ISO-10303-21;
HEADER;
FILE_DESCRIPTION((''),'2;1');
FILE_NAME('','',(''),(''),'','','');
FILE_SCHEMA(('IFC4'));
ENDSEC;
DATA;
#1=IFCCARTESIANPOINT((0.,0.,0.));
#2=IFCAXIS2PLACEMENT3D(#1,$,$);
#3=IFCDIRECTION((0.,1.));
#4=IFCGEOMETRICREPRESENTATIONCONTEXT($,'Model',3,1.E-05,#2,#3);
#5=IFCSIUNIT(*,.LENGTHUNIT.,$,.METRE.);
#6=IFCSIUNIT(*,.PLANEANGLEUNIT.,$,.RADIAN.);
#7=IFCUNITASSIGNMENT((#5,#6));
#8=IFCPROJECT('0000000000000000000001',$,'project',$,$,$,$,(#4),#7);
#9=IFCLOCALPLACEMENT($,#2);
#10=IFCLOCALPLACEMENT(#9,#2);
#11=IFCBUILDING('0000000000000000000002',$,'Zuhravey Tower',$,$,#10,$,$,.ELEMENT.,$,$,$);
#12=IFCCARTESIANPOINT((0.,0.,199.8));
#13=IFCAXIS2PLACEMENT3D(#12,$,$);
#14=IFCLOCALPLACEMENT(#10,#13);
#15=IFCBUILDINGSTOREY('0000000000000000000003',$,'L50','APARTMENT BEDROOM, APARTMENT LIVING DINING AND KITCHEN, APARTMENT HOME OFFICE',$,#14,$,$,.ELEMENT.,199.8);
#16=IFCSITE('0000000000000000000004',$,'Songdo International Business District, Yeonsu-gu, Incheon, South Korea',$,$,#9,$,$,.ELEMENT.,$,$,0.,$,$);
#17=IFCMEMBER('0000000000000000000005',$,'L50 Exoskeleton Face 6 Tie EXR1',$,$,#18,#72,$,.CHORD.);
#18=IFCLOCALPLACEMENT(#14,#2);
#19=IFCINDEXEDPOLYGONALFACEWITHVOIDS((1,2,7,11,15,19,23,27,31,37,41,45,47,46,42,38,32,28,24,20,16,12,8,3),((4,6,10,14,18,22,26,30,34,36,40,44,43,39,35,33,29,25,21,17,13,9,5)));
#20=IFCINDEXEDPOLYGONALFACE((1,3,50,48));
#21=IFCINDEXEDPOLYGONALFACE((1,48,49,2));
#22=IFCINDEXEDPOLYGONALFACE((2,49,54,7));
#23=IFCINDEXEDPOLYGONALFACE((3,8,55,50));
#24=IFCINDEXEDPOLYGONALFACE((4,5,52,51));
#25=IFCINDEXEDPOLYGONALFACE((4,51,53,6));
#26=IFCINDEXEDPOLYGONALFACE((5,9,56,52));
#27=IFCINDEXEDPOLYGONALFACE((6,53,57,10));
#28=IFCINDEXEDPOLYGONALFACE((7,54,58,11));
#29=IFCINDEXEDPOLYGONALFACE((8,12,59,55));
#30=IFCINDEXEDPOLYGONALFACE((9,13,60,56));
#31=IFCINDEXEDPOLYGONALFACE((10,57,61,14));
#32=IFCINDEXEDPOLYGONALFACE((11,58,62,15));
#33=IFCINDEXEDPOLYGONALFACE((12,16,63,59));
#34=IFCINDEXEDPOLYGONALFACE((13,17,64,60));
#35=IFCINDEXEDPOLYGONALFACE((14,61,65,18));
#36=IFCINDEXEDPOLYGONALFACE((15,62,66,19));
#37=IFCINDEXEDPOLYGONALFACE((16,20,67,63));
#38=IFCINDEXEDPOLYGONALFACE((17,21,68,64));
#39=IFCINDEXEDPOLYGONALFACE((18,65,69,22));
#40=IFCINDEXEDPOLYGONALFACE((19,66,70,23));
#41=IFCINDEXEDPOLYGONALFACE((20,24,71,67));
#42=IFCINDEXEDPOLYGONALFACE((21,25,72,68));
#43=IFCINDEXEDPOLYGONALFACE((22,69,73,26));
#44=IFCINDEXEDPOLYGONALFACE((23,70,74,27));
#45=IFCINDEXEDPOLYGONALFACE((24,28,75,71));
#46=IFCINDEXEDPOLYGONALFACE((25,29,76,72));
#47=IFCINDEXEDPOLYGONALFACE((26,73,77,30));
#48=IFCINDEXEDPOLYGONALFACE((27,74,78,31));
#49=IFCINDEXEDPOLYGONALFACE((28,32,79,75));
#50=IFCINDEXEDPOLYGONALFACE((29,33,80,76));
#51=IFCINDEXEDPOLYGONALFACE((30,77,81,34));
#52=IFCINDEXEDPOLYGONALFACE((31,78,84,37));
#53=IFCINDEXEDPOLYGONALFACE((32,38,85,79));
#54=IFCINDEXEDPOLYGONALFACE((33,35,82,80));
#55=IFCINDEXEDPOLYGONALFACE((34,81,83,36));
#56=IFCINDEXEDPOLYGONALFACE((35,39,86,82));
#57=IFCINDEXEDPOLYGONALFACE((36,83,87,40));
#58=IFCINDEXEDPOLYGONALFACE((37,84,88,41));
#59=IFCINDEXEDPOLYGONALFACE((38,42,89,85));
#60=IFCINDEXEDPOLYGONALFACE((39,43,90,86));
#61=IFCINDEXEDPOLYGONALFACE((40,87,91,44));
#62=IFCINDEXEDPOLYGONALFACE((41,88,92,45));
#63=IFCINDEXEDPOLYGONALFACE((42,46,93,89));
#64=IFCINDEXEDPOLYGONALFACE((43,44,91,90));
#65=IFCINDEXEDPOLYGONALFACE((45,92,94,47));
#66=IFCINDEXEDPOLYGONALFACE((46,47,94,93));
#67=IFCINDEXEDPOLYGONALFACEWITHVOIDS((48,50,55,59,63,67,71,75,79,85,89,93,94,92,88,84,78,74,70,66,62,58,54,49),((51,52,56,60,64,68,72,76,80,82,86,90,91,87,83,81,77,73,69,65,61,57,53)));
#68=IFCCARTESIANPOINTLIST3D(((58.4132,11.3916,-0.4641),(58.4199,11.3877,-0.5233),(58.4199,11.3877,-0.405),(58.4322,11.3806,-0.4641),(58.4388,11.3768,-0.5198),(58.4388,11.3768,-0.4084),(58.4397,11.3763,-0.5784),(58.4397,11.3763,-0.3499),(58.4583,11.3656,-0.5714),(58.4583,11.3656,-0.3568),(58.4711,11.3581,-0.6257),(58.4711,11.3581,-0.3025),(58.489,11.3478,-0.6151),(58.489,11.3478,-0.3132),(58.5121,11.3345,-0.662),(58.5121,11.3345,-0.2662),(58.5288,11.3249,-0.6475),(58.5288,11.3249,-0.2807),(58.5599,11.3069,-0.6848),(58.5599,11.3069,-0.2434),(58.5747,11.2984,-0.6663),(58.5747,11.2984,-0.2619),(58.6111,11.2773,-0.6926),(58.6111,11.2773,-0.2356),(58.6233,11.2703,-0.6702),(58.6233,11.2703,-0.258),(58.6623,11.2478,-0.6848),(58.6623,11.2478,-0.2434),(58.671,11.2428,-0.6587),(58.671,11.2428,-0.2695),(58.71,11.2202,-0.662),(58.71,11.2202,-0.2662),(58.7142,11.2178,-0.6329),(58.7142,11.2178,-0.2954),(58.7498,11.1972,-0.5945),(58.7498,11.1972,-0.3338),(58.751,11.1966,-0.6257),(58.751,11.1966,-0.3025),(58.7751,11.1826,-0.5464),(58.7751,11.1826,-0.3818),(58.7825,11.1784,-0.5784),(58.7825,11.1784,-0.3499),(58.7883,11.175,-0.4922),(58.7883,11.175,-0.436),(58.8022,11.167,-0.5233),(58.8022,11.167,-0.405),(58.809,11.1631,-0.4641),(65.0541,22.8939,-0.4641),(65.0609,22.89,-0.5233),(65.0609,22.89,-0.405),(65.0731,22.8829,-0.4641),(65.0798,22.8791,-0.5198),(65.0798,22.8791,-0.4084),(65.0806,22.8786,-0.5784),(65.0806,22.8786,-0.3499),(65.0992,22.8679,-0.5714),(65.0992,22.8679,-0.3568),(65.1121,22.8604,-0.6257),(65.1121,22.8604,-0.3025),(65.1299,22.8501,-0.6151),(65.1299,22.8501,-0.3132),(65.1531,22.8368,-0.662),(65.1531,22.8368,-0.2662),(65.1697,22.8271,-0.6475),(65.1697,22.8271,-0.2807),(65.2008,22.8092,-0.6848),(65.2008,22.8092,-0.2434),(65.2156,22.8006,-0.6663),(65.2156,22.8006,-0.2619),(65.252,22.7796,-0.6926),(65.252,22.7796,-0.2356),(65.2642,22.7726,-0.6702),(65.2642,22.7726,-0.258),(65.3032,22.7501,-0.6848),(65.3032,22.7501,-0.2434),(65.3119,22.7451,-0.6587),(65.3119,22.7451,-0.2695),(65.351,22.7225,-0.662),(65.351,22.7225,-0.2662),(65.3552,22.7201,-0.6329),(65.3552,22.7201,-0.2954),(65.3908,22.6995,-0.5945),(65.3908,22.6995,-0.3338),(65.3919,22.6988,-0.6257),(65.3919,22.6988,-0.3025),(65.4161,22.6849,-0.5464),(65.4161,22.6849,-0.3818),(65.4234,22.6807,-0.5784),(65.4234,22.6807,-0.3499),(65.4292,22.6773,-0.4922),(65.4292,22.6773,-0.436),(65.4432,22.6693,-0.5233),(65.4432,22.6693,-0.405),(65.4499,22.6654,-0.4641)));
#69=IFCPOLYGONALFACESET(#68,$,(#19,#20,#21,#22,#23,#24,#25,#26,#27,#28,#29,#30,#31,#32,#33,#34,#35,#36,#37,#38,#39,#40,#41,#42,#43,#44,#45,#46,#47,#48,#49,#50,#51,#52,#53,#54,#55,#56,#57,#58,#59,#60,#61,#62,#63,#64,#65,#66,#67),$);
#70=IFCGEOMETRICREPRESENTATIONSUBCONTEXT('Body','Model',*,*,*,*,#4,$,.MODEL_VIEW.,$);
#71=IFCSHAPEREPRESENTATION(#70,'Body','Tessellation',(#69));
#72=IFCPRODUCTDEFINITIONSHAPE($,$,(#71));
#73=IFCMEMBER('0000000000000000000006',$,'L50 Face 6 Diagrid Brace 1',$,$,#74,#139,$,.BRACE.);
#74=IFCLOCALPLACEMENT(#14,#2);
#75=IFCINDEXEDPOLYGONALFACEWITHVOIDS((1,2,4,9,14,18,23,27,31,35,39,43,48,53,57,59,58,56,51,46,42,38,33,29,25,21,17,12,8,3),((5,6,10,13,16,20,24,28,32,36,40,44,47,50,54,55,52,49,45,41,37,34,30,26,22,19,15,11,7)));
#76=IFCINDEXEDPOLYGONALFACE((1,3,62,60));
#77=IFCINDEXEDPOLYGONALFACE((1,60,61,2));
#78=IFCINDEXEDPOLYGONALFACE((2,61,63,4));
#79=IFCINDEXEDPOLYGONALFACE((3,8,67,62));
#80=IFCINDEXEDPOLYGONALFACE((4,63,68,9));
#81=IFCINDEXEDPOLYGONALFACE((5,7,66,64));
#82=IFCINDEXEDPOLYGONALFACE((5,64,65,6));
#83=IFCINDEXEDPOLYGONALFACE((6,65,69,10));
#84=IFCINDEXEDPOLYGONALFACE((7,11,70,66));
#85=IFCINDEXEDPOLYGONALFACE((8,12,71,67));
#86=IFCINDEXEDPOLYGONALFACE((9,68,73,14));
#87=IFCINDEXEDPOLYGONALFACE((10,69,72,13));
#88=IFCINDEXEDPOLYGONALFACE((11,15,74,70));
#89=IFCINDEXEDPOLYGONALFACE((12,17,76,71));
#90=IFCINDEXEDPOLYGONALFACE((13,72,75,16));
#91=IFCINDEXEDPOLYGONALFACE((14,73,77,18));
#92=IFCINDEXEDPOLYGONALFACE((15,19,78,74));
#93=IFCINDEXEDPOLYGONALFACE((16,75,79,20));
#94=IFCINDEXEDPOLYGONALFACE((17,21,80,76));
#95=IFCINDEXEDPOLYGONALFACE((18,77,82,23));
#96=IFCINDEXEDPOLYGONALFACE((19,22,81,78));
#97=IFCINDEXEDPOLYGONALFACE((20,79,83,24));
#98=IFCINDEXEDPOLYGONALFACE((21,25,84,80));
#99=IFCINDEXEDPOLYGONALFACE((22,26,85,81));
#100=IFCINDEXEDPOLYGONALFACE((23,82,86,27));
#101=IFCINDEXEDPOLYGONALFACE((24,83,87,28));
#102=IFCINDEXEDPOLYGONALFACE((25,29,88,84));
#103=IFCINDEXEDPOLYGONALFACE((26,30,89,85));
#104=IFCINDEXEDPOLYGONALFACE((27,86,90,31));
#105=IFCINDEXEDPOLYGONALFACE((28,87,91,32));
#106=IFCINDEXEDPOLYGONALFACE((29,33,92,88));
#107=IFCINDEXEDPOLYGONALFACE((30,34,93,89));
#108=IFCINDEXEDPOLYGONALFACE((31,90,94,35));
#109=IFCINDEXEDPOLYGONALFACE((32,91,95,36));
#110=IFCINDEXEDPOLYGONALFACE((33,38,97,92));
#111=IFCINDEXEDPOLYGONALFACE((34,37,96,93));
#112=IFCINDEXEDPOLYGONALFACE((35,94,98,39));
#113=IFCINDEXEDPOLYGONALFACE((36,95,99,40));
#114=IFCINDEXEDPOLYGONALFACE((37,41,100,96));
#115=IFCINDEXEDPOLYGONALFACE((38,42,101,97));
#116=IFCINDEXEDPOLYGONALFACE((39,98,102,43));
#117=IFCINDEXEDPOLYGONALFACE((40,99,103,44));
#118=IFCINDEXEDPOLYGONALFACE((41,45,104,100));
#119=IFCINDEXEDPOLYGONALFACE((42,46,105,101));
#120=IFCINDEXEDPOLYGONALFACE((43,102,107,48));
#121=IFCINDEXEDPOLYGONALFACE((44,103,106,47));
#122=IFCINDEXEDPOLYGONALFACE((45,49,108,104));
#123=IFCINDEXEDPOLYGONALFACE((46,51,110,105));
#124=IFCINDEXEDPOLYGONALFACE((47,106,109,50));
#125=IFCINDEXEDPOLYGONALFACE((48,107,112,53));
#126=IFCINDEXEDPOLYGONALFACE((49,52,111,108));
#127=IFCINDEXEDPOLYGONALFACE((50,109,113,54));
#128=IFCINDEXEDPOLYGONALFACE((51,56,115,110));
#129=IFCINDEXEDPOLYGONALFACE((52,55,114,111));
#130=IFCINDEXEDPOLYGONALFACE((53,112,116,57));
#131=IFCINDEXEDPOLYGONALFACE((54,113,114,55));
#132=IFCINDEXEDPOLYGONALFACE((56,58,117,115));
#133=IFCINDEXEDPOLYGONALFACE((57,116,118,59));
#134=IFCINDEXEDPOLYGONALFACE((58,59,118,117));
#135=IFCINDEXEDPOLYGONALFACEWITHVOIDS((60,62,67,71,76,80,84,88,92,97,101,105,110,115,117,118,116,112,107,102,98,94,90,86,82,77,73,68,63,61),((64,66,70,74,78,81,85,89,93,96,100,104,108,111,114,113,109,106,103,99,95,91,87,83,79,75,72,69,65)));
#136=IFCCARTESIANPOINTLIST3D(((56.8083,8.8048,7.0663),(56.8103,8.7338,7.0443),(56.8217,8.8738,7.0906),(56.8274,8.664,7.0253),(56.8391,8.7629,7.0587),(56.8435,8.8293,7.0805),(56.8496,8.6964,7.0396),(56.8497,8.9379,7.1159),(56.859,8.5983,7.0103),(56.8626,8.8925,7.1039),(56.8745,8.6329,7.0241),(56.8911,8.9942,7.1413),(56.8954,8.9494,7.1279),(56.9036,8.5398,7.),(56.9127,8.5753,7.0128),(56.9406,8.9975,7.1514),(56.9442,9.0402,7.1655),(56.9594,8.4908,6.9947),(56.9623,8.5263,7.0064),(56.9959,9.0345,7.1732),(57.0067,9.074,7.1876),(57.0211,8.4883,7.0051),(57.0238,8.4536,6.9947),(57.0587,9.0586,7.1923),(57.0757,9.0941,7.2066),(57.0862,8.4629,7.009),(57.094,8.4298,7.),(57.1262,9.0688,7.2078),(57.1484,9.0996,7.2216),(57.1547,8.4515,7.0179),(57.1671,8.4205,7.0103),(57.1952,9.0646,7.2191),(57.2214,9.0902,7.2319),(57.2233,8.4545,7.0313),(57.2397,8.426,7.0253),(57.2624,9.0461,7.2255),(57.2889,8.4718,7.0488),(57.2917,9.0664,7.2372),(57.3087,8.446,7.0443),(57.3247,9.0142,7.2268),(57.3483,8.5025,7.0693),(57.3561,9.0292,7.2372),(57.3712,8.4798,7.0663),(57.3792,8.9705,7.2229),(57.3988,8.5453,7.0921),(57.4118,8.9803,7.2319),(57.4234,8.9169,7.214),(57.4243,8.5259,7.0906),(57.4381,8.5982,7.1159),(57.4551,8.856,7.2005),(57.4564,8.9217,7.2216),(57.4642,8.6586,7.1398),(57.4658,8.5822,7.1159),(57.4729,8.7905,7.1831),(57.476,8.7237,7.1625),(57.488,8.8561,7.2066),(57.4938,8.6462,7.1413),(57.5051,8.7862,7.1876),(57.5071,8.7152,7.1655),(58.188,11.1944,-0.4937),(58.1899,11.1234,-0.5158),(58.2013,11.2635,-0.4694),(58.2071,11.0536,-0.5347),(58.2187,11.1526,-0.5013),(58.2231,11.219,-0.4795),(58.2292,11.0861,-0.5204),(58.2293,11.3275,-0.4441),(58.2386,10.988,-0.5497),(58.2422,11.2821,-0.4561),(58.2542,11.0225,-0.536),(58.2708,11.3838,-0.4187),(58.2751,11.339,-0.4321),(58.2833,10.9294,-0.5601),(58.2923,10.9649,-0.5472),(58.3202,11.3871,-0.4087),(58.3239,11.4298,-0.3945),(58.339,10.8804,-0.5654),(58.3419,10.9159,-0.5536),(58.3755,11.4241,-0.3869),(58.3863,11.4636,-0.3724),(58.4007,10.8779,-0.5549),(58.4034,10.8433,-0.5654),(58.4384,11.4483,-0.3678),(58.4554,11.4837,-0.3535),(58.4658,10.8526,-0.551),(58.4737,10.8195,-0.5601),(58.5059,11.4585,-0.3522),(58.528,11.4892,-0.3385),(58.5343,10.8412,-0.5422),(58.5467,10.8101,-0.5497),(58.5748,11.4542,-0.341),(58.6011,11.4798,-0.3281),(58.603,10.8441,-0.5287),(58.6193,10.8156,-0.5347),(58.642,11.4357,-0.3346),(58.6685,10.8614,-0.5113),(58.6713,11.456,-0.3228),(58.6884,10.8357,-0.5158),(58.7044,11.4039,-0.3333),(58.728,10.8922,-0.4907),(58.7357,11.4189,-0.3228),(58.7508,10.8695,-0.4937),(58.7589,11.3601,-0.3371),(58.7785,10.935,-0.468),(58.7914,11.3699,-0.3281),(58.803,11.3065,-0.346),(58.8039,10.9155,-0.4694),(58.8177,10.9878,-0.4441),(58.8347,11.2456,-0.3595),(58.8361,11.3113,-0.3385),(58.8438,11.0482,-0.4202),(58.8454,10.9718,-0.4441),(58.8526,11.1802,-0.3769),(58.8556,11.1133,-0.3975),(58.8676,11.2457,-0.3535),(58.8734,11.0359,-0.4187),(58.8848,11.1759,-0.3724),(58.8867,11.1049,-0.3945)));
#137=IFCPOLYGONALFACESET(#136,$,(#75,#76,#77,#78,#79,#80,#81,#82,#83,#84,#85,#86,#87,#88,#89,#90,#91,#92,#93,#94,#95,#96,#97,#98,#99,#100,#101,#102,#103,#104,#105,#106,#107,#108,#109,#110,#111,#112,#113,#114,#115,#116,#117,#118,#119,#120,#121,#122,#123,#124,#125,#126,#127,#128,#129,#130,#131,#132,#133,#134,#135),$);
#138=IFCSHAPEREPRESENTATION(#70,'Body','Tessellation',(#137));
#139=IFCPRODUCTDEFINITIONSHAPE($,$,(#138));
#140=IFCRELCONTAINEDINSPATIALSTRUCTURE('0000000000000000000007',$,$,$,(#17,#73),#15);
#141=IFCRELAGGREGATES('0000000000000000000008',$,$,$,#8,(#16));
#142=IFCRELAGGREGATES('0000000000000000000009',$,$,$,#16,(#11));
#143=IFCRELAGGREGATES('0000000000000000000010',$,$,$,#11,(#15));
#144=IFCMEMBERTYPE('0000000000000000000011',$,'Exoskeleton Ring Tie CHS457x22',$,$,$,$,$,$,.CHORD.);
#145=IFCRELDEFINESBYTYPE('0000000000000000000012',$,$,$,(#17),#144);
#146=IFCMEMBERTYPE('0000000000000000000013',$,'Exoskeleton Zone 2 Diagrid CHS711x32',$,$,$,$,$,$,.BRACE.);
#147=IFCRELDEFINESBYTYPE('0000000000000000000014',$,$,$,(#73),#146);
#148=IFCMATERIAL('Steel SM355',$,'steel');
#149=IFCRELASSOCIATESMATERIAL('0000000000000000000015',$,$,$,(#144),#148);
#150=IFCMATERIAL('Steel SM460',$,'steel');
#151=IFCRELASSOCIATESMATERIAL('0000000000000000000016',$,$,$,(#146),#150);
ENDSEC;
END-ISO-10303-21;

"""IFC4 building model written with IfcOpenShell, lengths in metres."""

from ifc_helpers import new_model, si_unit, direction, frame, origin, origin_2d, place, context, subcontext, project, spatial, hollow_circle, extrude, material, material_profile, profile_set, type_object, element, save


model = new_model("IFC4")

# Units and contexts
model_context = context("Model", 3, precision=1e-05, world=origin(), true_north=direction((0.0, 1.0)))
body_context = subcontext(model_context, "Body", "Model", "MODEL_VIEW")
ifc_project = project(units=[si_unit("LENGTHUNIT", "METRE"), si_unit("PLANEANGLEUNIT", "RADIAN")], contexts=[model_context])

# Site, building, storey
site_placement = place(None, origin())
site = spatial("IfcSite", under=ifc_project, at=site_placement, Name="Songdo International Business District, Yeonsu-gu, Incheon, South Korea", CompositionType="ELEMENT", RefElevation=0.0)
building_placement = place(site_placement, origin())
building = spatial("IfcBuilding", under=site, at=building_placement, Name="Zuhravey Tower", CompositionType="ELEMENT")
storey_placement = place(building_placement, frame((0.0, 0.0, 199.8)))
storey = spatial("IfcBuildingStorey", under=building, at=storey_placement, Name="L50", Description="APARTMENT BEDROOM, APARTMENT LIVING DINING AND KITCHEN, APARTMENT HOME OFFICE", CompositionType="ELEMENT", Elevation=199.8)

# Members
ifc_material_1 = material(Name="Steel SM355", Category="steel")
ifc_material_profile_1 = material_profile(ifc_material_1, hollow_circle(Radius=0.2285, WallThickness=0.022, at=origin_2d()), Name="CHS-457.2x22")
ifc_profile_set_1 = profile_set([ifc_material_profile_1], Name="Steel SM355")
member_type_1 = type_object("IfcMemberType", Name="Exoskeleton Ring Tie CHS457x22", PredefinedType="CHORD", material=ifc_profile_set_1)
member_1_placement = place(storey_placement, frame((58.6111, 11.2773, -0.4641), z_axis=(0.500004, 0.866023, 0.0), x_axis=(-0.866023, 0.500004, 0.0)))
element("IfcMember", 1, at=member_1_placement, inside=storey, type_object=member_type_1, Name="L50 Exoskeleton Face 6 Tie EXR1", PredefinedType="CHORD", context=body_context, shape_type="SweptSolid", body=[
    extrude(hollow_circle(Radius=0.2285, WallThickness=0.022, at=origin_2d()), origin(), (0.0, 0.0, 1.0), 13.2817),
])
ifc_material_2 = material(Name="Steel SM460", Category="steel")
ifc_material_profile_2 = material_profile(ifc_material_2, hollow_circle(Radius=0.3557, WallThickness=0.032, at=origin_2d()), Name="CHS-711.2x32")
ifc_profile_set_2 = profile_set([ifc_material_profile_2], Name="Steel SM460")
member_type_2 = type_object("IfcMemberType", Name="Exoskeleton Zone 2 Diagrid CHS711x32", PredefinedType="BRACE", material=ifc_profile_set_2)
member_2_placement = place(storey_placement, frame((58.5374, 11.1497, -0.4441), z_axis=(-0.171429, -0.296929, 0.939386), x_axis=(0.866029, -0.499993, 0.0)))
element("IfcMember", 2, at=member_2_placement, inside=storey, type_object=member_type_2, Name="L50 Face 6 Diagrid Brace 1", PredefinedType="BRACE", context=body_context, shape_type="SweptSolid", body=[
    extrude(hollow_circle(Radius=0.3557, WallThickness=0.032, at=origin_2d()), origin(), (0.0, 0.0, 1.0), 8.0479),
])

save(model, "model.ifc")
